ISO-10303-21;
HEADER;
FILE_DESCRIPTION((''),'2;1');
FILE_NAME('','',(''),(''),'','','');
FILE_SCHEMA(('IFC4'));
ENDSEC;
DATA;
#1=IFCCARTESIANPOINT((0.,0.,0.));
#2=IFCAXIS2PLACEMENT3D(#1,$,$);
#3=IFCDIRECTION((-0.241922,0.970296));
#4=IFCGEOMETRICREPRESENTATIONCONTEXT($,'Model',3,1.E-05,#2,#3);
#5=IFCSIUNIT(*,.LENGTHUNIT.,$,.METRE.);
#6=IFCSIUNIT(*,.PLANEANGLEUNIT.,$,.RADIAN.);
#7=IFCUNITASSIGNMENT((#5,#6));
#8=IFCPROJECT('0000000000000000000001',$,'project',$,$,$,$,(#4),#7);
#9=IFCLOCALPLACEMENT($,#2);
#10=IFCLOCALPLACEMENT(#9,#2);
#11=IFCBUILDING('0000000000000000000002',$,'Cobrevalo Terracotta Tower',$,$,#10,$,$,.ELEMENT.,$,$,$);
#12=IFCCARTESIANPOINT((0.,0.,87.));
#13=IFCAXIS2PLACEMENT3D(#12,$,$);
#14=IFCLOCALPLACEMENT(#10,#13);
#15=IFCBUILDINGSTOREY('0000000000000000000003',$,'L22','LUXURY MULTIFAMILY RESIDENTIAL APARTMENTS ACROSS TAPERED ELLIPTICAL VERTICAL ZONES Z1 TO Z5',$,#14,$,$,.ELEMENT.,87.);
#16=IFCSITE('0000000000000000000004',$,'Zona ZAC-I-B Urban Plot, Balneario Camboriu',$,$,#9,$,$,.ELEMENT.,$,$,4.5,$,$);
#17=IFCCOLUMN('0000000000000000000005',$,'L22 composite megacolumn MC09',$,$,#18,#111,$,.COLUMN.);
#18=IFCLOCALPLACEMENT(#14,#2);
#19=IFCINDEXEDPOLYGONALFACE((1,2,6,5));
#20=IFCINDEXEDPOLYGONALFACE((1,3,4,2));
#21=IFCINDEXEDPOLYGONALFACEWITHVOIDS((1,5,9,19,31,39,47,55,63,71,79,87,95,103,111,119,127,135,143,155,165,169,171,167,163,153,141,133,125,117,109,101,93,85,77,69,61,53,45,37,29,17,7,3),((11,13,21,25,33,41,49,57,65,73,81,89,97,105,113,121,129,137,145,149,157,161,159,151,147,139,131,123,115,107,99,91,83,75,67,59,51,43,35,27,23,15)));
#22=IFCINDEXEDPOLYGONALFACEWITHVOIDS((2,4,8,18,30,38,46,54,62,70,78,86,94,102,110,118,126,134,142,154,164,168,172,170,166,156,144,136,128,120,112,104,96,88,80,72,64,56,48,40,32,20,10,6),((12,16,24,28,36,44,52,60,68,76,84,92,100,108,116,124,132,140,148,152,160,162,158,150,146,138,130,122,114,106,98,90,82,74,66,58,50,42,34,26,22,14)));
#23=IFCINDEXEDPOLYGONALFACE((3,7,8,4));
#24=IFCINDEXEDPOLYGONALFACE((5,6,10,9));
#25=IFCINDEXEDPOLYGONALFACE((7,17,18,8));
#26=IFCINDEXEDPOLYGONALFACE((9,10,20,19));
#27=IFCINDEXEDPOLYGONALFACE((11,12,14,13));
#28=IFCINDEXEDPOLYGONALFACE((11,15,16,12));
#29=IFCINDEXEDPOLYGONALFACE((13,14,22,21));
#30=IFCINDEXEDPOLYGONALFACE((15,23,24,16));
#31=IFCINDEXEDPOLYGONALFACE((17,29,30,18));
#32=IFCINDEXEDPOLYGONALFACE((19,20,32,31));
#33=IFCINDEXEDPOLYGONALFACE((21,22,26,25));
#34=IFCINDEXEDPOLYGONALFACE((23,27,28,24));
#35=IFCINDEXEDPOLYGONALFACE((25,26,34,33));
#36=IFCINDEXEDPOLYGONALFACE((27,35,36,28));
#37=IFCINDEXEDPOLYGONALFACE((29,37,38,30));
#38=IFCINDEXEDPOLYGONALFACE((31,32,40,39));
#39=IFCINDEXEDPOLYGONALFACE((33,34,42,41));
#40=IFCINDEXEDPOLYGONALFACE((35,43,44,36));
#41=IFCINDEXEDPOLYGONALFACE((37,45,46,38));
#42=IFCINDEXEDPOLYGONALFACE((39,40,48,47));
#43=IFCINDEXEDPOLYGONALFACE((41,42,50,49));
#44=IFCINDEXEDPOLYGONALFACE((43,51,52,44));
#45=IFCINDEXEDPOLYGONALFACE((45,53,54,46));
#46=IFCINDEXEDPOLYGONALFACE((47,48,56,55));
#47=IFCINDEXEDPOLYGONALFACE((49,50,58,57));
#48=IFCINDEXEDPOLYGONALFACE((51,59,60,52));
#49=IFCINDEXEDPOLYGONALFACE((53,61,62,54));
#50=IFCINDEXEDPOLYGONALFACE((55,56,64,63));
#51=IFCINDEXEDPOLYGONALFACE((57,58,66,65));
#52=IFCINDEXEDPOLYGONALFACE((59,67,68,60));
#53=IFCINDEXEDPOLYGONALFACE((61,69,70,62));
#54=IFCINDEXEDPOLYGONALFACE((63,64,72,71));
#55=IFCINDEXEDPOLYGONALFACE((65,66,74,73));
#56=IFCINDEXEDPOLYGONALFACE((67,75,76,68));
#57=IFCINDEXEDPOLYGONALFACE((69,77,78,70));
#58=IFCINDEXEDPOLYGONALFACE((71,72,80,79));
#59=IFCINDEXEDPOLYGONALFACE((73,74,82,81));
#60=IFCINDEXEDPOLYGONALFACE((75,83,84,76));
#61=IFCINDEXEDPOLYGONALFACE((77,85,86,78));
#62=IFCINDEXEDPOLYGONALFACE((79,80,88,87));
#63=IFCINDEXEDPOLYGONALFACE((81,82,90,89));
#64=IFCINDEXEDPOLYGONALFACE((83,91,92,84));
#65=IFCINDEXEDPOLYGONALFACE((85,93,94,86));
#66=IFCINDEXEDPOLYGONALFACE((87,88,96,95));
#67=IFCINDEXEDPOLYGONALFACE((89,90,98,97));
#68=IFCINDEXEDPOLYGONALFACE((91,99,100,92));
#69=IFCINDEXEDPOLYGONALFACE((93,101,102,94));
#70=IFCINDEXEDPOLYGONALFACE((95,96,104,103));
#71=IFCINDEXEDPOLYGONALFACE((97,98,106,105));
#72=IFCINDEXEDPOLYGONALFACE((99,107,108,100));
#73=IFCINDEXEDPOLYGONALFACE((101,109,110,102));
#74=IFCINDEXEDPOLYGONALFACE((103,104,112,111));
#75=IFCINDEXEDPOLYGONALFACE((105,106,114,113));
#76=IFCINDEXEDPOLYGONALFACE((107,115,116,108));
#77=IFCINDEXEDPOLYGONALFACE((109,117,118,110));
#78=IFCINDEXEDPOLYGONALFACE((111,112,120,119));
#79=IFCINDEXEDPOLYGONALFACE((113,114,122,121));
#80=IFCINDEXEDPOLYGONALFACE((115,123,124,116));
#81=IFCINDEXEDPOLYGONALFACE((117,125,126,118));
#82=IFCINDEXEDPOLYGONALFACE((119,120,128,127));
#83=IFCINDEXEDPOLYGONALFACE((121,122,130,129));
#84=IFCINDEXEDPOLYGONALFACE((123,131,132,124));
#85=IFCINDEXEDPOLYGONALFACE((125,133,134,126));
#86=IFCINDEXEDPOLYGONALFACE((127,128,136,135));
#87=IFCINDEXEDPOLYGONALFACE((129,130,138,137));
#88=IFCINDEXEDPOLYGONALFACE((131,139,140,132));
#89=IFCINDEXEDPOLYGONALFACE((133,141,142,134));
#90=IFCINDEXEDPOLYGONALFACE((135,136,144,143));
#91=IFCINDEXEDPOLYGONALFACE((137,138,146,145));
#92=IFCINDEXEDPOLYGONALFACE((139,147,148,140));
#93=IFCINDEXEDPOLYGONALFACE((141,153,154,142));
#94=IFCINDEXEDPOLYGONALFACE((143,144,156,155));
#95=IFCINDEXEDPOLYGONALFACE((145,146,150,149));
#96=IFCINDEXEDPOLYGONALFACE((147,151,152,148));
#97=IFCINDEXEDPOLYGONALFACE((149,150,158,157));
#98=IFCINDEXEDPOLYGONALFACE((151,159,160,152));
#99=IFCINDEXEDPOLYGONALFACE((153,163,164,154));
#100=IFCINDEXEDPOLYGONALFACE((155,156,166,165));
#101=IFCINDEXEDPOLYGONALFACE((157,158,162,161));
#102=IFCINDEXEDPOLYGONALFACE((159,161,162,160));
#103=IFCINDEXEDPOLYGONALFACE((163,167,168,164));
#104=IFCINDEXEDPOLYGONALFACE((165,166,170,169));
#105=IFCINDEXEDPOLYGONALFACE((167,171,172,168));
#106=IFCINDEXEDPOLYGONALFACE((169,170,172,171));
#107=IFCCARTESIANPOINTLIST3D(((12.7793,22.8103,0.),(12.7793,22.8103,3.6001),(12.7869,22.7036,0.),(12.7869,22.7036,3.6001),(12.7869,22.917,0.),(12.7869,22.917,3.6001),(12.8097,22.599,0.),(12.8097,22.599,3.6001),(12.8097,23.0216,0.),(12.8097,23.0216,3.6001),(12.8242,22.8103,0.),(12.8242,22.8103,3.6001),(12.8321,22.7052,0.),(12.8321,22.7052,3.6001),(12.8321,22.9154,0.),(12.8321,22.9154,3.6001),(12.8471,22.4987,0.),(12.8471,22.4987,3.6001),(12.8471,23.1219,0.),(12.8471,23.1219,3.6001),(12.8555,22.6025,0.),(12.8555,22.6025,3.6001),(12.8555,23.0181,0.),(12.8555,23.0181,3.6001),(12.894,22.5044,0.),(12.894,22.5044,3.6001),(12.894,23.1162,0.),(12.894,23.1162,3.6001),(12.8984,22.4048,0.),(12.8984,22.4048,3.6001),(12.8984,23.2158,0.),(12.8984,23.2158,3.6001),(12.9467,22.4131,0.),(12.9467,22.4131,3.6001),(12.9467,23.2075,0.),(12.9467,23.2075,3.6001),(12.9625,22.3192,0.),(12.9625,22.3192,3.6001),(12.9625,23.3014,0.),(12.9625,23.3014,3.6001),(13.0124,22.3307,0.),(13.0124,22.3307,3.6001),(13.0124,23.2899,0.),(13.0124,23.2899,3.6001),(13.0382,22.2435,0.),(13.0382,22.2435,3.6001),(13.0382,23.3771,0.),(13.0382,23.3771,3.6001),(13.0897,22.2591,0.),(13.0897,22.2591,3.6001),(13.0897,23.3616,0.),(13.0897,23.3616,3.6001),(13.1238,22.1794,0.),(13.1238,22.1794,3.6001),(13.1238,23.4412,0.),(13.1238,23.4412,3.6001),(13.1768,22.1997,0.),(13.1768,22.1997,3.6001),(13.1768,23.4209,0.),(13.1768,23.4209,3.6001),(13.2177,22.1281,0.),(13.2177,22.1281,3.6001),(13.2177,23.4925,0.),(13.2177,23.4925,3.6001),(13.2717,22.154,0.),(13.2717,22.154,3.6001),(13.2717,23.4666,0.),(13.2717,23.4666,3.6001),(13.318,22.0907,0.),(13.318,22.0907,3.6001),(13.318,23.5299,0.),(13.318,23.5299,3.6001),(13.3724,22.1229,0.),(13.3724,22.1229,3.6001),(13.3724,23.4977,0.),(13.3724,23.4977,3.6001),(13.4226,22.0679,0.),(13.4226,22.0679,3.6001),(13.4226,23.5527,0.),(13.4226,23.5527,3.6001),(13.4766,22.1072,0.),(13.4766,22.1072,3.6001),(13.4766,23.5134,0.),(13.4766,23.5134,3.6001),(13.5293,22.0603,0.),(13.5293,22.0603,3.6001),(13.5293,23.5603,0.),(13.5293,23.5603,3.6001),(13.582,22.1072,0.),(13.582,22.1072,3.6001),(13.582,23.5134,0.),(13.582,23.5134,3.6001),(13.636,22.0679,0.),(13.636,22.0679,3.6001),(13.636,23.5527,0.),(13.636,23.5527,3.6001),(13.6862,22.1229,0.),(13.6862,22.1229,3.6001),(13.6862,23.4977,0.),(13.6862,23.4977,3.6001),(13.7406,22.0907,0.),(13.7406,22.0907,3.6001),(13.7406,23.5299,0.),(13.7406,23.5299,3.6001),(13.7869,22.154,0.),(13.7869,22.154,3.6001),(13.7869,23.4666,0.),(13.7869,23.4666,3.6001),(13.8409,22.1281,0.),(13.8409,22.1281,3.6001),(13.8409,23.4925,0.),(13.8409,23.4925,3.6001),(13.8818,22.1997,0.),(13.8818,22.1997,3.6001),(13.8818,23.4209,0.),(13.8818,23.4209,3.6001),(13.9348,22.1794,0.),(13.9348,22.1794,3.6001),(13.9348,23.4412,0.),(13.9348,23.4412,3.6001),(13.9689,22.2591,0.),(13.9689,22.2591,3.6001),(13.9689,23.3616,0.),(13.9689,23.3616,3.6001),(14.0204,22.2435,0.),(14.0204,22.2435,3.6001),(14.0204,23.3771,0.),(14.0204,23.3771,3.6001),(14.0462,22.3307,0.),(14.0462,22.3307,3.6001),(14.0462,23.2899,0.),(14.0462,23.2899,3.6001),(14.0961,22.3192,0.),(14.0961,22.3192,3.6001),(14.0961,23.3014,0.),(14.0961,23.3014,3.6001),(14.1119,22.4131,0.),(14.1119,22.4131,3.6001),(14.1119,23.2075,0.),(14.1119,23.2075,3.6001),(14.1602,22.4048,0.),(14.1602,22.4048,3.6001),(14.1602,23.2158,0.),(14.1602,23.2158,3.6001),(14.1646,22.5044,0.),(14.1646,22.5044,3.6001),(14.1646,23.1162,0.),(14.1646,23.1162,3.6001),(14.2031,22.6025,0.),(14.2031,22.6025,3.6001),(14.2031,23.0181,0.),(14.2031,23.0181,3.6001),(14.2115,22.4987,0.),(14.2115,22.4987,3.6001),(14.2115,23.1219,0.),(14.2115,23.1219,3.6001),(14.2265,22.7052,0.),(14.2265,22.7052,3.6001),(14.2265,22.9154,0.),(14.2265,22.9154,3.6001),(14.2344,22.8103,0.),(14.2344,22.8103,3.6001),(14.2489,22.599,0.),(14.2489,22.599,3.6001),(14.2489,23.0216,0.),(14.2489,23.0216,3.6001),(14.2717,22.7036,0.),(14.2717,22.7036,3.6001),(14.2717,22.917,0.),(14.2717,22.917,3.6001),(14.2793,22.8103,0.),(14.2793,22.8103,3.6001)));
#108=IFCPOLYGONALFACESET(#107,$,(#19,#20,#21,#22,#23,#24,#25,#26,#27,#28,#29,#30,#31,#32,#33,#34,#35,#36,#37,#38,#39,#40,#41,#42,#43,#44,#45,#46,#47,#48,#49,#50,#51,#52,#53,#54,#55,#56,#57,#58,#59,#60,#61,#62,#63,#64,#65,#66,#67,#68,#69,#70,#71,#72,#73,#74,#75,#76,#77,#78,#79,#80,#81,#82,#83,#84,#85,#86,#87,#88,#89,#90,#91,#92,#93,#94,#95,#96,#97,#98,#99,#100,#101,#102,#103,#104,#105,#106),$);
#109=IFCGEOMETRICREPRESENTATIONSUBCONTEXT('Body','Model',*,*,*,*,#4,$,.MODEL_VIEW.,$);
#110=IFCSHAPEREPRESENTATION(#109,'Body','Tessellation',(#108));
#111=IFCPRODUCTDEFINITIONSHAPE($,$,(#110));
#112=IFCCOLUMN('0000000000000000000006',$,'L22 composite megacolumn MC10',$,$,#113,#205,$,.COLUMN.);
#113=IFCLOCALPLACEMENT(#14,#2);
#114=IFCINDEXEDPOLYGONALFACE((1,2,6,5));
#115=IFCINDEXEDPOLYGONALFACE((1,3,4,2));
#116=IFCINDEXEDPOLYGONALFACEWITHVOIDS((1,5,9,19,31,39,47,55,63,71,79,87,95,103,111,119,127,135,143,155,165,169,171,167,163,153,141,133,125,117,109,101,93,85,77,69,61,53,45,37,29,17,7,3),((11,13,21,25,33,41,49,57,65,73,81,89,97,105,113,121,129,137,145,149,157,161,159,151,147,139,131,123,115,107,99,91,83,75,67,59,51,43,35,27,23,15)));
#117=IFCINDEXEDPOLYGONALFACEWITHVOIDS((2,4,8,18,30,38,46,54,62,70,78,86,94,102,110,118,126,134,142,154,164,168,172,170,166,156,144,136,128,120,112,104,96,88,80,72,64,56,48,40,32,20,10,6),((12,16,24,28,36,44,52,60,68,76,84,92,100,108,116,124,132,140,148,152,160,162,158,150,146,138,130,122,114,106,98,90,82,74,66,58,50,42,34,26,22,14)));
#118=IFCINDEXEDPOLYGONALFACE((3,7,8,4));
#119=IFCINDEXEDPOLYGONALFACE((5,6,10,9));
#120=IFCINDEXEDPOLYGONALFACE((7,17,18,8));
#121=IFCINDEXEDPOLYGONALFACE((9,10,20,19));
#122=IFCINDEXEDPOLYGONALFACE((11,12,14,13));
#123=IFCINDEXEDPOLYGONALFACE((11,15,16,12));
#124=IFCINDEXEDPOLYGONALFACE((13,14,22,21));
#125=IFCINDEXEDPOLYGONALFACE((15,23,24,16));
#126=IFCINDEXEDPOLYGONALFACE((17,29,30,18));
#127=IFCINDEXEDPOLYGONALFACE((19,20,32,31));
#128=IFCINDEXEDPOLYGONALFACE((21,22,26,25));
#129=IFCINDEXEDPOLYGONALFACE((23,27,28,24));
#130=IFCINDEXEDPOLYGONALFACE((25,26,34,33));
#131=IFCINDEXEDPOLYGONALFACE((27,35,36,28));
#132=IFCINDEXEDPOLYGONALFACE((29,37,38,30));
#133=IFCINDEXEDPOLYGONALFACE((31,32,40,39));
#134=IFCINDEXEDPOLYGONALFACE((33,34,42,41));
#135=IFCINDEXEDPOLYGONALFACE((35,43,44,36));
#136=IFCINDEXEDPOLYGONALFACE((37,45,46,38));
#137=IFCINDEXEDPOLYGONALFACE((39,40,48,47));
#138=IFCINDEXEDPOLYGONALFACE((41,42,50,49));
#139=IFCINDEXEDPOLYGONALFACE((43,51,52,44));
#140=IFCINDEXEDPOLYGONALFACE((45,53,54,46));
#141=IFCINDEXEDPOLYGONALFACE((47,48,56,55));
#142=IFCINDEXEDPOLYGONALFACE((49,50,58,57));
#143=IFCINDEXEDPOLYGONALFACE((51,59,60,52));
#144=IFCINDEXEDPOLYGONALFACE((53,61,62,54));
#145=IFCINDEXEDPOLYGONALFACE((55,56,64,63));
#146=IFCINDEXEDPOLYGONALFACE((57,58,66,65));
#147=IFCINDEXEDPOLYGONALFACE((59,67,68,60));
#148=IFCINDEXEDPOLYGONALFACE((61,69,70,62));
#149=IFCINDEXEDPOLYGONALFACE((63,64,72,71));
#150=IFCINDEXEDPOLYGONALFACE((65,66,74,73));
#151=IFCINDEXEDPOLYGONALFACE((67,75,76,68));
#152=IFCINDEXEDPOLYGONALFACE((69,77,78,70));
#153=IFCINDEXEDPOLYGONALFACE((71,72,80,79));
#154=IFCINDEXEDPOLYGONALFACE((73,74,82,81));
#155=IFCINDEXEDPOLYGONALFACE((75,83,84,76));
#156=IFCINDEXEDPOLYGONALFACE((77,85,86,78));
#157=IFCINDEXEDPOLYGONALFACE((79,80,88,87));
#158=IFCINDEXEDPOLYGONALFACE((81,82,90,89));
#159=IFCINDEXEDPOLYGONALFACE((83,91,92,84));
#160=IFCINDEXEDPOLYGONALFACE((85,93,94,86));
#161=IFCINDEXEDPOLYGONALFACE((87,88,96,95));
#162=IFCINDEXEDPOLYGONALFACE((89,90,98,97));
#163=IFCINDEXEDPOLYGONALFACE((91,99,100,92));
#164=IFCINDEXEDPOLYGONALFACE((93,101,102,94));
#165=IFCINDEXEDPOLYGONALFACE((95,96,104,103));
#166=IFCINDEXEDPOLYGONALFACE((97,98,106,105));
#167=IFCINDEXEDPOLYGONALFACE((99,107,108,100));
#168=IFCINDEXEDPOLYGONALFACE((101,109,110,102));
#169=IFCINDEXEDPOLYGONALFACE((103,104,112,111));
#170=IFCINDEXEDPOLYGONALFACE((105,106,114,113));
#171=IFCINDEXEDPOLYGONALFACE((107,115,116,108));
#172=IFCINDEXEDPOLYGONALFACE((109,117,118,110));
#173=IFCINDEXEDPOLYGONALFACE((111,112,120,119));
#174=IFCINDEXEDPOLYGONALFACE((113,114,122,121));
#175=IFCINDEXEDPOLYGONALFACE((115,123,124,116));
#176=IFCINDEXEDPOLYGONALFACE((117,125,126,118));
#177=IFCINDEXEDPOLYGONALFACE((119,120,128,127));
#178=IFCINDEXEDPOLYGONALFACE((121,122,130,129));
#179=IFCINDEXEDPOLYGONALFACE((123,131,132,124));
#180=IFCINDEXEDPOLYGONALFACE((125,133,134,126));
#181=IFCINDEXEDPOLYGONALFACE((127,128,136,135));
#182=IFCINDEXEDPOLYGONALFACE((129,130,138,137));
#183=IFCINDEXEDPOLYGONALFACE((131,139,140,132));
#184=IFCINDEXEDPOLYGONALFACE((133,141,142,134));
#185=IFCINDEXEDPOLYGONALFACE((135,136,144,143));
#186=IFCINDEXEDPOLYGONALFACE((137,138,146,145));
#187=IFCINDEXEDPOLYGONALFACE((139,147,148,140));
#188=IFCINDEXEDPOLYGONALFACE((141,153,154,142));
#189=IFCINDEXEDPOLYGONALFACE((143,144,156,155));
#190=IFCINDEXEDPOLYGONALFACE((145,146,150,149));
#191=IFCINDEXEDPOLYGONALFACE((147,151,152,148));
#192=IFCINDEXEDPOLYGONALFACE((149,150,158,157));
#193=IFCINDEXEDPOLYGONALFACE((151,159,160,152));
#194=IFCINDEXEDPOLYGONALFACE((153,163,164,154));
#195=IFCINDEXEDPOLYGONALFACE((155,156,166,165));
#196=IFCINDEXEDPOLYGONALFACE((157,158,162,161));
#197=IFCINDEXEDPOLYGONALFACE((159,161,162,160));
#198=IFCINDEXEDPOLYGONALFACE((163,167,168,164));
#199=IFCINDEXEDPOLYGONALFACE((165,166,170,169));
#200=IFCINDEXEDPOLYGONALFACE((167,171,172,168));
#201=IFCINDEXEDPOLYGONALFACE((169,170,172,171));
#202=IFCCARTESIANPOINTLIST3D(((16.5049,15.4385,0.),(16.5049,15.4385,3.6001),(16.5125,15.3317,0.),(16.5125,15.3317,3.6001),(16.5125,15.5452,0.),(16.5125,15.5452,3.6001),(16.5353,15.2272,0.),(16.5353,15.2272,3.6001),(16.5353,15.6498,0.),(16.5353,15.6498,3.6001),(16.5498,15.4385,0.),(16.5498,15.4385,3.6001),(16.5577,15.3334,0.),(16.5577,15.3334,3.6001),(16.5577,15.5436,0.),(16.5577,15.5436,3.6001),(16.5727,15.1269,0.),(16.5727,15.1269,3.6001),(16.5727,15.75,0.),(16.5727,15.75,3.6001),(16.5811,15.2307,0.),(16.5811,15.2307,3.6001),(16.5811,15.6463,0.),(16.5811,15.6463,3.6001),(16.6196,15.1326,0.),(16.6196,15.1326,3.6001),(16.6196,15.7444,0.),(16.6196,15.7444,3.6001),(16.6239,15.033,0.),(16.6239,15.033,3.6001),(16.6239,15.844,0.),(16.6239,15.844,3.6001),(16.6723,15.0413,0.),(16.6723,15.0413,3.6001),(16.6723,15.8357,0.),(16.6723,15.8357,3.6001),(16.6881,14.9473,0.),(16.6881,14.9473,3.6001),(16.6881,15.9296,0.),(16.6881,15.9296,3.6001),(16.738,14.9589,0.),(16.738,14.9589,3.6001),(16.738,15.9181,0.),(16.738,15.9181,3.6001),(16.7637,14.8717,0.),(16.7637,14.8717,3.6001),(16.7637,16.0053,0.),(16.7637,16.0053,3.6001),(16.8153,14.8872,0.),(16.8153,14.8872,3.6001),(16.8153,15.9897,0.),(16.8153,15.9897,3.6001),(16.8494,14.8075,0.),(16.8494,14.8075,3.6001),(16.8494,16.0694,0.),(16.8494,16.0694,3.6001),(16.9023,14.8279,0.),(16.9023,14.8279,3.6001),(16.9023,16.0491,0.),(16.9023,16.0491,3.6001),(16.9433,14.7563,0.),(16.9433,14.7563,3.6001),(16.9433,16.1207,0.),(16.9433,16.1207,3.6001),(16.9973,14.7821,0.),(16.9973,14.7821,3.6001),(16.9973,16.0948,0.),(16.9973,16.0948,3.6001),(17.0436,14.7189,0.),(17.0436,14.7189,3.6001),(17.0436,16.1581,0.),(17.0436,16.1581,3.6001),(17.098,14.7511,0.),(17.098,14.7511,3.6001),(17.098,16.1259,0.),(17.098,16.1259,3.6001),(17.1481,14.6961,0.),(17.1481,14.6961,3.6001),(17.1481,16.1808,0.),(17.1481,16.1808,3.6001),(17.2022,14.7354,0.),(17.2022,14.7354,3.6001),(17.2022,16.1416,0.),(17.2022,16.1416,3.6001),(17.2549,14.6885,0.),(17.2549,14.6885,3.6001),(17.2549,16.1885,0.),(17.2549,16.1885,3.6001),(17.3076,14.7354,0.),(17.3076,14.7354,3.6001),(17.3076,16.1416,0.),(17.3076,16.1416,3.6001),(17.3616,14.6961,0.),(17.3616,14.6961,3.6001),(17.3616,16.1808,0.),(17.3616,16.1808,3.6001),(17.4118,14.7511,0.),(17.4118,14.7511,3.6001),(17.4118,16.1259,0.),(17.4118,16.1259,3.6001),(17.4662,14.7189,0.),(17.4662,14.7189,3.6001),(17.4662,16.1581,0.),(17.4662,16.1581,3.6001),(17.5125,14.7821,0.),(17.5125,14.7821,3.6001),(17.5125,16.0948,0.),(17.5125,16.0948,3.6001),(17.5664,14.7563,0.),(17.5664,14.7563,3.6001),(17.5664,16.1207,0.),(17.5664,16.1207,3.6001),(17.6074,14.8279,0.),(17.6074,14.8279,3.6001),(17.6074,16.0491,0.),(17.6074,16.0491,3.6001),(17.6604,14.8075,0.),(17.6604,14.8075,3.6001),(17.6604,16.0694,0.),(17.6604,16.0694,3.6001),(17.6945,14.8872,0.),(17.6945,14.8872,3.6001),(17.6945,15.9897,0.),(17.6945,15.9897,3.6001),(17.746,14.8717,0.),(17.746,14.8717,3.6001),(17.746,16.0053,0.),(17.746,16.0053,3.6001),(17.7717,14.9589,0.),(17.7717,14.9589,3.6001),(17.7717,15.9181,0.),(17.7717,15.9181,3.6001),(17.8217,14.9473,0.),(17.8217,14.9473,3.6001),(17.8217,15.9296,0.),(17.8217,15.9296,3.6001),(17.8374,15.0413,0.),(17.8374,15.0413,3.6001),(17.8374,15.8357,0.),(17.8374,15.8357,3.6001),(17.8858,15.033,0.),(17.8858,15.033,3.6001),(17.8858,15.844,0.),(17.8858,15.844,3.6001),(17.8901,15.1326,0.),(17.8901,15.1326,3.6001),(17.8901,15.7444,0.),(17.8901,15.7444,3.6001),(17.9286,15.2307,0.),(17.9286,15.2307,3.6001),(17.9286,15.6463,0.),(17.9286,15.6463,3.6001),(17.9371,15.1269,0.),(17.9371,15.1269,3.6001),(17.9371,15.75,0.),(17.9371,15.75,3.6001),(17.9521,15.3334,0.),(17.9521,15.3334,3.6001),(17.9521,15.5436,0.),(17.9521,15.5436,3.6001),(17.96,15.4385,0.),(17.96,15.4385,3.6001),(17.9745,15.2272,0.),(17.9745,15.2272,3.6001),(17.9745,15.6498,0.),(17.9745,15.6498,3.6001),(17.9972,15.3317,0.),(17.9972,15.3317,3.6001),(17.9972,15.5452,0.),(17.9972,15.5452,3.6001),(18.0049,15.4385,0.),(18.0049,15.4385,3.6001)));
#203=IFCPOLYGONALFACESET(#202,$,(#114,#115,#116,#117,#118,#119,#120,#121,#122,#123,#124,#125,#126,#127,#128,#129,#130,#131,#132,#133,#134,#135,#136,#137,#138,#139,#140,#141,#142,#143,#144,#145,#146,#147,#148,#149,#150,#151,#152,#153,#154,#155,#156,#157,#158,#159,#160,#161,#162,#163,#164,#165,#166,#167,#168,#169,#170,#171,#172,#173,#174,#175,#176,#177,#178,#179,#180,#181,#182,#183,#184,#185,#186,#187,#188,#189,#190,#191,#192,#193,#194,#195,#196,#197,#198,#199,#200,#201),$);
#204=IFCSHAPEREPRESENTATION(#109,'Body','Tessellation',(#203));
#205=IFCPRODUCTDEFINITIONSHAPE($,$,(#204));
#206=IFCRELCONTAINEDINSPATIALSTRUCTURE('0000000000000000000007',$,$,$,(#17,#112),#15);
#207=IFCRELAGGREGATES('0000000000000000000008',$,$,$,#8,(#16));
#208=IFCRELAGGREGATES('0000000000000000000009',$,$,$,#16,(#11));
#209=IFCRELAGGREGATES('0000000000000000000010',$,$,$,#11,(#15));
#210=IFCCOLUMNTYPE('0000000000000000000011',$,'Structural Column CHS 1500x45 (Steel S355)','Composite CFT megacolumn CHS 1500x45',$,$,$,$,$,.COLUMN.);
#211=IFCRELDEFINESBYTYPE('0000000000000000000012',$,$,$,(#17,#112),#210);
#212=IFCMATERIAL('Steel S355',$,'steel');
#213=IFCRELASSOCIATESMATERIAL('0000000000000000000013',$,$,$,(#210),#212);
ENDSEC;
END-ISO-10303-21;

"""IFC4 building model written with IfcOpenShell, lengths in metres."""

from ifc_helpers import new_model, si_unit, direction, frame, origin, origin_2d, place, context, subcontext, project, spatial, hollow_circle, extrude, material, material_profile, profile_set, type_object, element, save


model = new_model("IFC4")

# Units and contexts
model_context = context("Model", 3, precision=1e-05, world=origin(), true_north=direction((-0.241922, 0.970296)))
body_context = subcontext(model_context, "Body", "Model", "MODEL_VIEW")
ifc_project = project(units=[si_unit("LENGTHUNIT", "METRE"), si_unit("PLANEANGLEUNIT", "RADIAN")], contexts=[model_context])

# Site, building, storey
site_placement = place(None, origin())
site = spatial("IfcSite", under=ifc_project, at=site_placement, Name="Zona ZAC-I-B Urban Plot, Balneario Camboriu", CompositionType="ELEMENT", RefElevation=4.5)
building_placement = place(site_placement, origin())
building = spatial("IfcBuilding", under=site, at=building_placement, Name="Cobrevalo Terracotta Tower", CompositionType="ELEMENT")
storey_placement = place(building_placement, frame((0.0, 0.0, 87.0)))
storey = spatial("IfcBuildingStorey", under=building, at=storey_placement, Name="L22", Description="LUXURY MULTIFAMILY RESIDENTIAL APARTMENTS ACROSS TAPERED ELLIPTICAL VERTICAL ZONES Z1 TO Z5", CompositionType="ELEMENT", Elevation=87.0)

# Columns
ifc_material_1 = material(Name="Steel S355", Category="steel")
ifc_material_profile_1 = material_profile(ifc_material_1, hollow_circle(Radius=0.75, WallThickness=0.0449, at=origin_2d()), Name="CHS 1500x45")
ifc_profile_set_1 = profile_set([ifc_material_profile_1], Name="Steel S355")
column_type = type_object("IfcColumnType", Name="Structural Column CHS 1500x45 (Steel S355)", Description="Composite CFT megacolumn CHS 1500x45", PredefinedType="COLUMN", material=ifc_profile_set_1)
for number, where, z_axis, x_axis, name in (
    (1, (13.5293, 22.8103, 0.0), (0.0, 0.0, 1.0), (1.0, 0.0, 0.0), "L22 composite megacolumn MC09"),
    (2, (17.2549, 15.4385, 0.0), (0.0, 0.0, 1.0), (1.0, 0.0, 0.0), "L22 composite megacolumn MC10"),
):
    element("IfcColumn", number, at=place(storey_placement, frame(where, z_axis=z_axis, x_axis=x_axis)), inside=storey, type_object=column_type, Name=name, PredefinedType="COLUMN", context=body_context, shape_type="SweptSolid", body=[
        extrude(hollow_circle(Radius=0.75, WallThickness=0.0449, at=origin_2d()), origin(), (0.0, 0.0, 1.0), 3.6001),
    ])

save(model, "model.ifc")
